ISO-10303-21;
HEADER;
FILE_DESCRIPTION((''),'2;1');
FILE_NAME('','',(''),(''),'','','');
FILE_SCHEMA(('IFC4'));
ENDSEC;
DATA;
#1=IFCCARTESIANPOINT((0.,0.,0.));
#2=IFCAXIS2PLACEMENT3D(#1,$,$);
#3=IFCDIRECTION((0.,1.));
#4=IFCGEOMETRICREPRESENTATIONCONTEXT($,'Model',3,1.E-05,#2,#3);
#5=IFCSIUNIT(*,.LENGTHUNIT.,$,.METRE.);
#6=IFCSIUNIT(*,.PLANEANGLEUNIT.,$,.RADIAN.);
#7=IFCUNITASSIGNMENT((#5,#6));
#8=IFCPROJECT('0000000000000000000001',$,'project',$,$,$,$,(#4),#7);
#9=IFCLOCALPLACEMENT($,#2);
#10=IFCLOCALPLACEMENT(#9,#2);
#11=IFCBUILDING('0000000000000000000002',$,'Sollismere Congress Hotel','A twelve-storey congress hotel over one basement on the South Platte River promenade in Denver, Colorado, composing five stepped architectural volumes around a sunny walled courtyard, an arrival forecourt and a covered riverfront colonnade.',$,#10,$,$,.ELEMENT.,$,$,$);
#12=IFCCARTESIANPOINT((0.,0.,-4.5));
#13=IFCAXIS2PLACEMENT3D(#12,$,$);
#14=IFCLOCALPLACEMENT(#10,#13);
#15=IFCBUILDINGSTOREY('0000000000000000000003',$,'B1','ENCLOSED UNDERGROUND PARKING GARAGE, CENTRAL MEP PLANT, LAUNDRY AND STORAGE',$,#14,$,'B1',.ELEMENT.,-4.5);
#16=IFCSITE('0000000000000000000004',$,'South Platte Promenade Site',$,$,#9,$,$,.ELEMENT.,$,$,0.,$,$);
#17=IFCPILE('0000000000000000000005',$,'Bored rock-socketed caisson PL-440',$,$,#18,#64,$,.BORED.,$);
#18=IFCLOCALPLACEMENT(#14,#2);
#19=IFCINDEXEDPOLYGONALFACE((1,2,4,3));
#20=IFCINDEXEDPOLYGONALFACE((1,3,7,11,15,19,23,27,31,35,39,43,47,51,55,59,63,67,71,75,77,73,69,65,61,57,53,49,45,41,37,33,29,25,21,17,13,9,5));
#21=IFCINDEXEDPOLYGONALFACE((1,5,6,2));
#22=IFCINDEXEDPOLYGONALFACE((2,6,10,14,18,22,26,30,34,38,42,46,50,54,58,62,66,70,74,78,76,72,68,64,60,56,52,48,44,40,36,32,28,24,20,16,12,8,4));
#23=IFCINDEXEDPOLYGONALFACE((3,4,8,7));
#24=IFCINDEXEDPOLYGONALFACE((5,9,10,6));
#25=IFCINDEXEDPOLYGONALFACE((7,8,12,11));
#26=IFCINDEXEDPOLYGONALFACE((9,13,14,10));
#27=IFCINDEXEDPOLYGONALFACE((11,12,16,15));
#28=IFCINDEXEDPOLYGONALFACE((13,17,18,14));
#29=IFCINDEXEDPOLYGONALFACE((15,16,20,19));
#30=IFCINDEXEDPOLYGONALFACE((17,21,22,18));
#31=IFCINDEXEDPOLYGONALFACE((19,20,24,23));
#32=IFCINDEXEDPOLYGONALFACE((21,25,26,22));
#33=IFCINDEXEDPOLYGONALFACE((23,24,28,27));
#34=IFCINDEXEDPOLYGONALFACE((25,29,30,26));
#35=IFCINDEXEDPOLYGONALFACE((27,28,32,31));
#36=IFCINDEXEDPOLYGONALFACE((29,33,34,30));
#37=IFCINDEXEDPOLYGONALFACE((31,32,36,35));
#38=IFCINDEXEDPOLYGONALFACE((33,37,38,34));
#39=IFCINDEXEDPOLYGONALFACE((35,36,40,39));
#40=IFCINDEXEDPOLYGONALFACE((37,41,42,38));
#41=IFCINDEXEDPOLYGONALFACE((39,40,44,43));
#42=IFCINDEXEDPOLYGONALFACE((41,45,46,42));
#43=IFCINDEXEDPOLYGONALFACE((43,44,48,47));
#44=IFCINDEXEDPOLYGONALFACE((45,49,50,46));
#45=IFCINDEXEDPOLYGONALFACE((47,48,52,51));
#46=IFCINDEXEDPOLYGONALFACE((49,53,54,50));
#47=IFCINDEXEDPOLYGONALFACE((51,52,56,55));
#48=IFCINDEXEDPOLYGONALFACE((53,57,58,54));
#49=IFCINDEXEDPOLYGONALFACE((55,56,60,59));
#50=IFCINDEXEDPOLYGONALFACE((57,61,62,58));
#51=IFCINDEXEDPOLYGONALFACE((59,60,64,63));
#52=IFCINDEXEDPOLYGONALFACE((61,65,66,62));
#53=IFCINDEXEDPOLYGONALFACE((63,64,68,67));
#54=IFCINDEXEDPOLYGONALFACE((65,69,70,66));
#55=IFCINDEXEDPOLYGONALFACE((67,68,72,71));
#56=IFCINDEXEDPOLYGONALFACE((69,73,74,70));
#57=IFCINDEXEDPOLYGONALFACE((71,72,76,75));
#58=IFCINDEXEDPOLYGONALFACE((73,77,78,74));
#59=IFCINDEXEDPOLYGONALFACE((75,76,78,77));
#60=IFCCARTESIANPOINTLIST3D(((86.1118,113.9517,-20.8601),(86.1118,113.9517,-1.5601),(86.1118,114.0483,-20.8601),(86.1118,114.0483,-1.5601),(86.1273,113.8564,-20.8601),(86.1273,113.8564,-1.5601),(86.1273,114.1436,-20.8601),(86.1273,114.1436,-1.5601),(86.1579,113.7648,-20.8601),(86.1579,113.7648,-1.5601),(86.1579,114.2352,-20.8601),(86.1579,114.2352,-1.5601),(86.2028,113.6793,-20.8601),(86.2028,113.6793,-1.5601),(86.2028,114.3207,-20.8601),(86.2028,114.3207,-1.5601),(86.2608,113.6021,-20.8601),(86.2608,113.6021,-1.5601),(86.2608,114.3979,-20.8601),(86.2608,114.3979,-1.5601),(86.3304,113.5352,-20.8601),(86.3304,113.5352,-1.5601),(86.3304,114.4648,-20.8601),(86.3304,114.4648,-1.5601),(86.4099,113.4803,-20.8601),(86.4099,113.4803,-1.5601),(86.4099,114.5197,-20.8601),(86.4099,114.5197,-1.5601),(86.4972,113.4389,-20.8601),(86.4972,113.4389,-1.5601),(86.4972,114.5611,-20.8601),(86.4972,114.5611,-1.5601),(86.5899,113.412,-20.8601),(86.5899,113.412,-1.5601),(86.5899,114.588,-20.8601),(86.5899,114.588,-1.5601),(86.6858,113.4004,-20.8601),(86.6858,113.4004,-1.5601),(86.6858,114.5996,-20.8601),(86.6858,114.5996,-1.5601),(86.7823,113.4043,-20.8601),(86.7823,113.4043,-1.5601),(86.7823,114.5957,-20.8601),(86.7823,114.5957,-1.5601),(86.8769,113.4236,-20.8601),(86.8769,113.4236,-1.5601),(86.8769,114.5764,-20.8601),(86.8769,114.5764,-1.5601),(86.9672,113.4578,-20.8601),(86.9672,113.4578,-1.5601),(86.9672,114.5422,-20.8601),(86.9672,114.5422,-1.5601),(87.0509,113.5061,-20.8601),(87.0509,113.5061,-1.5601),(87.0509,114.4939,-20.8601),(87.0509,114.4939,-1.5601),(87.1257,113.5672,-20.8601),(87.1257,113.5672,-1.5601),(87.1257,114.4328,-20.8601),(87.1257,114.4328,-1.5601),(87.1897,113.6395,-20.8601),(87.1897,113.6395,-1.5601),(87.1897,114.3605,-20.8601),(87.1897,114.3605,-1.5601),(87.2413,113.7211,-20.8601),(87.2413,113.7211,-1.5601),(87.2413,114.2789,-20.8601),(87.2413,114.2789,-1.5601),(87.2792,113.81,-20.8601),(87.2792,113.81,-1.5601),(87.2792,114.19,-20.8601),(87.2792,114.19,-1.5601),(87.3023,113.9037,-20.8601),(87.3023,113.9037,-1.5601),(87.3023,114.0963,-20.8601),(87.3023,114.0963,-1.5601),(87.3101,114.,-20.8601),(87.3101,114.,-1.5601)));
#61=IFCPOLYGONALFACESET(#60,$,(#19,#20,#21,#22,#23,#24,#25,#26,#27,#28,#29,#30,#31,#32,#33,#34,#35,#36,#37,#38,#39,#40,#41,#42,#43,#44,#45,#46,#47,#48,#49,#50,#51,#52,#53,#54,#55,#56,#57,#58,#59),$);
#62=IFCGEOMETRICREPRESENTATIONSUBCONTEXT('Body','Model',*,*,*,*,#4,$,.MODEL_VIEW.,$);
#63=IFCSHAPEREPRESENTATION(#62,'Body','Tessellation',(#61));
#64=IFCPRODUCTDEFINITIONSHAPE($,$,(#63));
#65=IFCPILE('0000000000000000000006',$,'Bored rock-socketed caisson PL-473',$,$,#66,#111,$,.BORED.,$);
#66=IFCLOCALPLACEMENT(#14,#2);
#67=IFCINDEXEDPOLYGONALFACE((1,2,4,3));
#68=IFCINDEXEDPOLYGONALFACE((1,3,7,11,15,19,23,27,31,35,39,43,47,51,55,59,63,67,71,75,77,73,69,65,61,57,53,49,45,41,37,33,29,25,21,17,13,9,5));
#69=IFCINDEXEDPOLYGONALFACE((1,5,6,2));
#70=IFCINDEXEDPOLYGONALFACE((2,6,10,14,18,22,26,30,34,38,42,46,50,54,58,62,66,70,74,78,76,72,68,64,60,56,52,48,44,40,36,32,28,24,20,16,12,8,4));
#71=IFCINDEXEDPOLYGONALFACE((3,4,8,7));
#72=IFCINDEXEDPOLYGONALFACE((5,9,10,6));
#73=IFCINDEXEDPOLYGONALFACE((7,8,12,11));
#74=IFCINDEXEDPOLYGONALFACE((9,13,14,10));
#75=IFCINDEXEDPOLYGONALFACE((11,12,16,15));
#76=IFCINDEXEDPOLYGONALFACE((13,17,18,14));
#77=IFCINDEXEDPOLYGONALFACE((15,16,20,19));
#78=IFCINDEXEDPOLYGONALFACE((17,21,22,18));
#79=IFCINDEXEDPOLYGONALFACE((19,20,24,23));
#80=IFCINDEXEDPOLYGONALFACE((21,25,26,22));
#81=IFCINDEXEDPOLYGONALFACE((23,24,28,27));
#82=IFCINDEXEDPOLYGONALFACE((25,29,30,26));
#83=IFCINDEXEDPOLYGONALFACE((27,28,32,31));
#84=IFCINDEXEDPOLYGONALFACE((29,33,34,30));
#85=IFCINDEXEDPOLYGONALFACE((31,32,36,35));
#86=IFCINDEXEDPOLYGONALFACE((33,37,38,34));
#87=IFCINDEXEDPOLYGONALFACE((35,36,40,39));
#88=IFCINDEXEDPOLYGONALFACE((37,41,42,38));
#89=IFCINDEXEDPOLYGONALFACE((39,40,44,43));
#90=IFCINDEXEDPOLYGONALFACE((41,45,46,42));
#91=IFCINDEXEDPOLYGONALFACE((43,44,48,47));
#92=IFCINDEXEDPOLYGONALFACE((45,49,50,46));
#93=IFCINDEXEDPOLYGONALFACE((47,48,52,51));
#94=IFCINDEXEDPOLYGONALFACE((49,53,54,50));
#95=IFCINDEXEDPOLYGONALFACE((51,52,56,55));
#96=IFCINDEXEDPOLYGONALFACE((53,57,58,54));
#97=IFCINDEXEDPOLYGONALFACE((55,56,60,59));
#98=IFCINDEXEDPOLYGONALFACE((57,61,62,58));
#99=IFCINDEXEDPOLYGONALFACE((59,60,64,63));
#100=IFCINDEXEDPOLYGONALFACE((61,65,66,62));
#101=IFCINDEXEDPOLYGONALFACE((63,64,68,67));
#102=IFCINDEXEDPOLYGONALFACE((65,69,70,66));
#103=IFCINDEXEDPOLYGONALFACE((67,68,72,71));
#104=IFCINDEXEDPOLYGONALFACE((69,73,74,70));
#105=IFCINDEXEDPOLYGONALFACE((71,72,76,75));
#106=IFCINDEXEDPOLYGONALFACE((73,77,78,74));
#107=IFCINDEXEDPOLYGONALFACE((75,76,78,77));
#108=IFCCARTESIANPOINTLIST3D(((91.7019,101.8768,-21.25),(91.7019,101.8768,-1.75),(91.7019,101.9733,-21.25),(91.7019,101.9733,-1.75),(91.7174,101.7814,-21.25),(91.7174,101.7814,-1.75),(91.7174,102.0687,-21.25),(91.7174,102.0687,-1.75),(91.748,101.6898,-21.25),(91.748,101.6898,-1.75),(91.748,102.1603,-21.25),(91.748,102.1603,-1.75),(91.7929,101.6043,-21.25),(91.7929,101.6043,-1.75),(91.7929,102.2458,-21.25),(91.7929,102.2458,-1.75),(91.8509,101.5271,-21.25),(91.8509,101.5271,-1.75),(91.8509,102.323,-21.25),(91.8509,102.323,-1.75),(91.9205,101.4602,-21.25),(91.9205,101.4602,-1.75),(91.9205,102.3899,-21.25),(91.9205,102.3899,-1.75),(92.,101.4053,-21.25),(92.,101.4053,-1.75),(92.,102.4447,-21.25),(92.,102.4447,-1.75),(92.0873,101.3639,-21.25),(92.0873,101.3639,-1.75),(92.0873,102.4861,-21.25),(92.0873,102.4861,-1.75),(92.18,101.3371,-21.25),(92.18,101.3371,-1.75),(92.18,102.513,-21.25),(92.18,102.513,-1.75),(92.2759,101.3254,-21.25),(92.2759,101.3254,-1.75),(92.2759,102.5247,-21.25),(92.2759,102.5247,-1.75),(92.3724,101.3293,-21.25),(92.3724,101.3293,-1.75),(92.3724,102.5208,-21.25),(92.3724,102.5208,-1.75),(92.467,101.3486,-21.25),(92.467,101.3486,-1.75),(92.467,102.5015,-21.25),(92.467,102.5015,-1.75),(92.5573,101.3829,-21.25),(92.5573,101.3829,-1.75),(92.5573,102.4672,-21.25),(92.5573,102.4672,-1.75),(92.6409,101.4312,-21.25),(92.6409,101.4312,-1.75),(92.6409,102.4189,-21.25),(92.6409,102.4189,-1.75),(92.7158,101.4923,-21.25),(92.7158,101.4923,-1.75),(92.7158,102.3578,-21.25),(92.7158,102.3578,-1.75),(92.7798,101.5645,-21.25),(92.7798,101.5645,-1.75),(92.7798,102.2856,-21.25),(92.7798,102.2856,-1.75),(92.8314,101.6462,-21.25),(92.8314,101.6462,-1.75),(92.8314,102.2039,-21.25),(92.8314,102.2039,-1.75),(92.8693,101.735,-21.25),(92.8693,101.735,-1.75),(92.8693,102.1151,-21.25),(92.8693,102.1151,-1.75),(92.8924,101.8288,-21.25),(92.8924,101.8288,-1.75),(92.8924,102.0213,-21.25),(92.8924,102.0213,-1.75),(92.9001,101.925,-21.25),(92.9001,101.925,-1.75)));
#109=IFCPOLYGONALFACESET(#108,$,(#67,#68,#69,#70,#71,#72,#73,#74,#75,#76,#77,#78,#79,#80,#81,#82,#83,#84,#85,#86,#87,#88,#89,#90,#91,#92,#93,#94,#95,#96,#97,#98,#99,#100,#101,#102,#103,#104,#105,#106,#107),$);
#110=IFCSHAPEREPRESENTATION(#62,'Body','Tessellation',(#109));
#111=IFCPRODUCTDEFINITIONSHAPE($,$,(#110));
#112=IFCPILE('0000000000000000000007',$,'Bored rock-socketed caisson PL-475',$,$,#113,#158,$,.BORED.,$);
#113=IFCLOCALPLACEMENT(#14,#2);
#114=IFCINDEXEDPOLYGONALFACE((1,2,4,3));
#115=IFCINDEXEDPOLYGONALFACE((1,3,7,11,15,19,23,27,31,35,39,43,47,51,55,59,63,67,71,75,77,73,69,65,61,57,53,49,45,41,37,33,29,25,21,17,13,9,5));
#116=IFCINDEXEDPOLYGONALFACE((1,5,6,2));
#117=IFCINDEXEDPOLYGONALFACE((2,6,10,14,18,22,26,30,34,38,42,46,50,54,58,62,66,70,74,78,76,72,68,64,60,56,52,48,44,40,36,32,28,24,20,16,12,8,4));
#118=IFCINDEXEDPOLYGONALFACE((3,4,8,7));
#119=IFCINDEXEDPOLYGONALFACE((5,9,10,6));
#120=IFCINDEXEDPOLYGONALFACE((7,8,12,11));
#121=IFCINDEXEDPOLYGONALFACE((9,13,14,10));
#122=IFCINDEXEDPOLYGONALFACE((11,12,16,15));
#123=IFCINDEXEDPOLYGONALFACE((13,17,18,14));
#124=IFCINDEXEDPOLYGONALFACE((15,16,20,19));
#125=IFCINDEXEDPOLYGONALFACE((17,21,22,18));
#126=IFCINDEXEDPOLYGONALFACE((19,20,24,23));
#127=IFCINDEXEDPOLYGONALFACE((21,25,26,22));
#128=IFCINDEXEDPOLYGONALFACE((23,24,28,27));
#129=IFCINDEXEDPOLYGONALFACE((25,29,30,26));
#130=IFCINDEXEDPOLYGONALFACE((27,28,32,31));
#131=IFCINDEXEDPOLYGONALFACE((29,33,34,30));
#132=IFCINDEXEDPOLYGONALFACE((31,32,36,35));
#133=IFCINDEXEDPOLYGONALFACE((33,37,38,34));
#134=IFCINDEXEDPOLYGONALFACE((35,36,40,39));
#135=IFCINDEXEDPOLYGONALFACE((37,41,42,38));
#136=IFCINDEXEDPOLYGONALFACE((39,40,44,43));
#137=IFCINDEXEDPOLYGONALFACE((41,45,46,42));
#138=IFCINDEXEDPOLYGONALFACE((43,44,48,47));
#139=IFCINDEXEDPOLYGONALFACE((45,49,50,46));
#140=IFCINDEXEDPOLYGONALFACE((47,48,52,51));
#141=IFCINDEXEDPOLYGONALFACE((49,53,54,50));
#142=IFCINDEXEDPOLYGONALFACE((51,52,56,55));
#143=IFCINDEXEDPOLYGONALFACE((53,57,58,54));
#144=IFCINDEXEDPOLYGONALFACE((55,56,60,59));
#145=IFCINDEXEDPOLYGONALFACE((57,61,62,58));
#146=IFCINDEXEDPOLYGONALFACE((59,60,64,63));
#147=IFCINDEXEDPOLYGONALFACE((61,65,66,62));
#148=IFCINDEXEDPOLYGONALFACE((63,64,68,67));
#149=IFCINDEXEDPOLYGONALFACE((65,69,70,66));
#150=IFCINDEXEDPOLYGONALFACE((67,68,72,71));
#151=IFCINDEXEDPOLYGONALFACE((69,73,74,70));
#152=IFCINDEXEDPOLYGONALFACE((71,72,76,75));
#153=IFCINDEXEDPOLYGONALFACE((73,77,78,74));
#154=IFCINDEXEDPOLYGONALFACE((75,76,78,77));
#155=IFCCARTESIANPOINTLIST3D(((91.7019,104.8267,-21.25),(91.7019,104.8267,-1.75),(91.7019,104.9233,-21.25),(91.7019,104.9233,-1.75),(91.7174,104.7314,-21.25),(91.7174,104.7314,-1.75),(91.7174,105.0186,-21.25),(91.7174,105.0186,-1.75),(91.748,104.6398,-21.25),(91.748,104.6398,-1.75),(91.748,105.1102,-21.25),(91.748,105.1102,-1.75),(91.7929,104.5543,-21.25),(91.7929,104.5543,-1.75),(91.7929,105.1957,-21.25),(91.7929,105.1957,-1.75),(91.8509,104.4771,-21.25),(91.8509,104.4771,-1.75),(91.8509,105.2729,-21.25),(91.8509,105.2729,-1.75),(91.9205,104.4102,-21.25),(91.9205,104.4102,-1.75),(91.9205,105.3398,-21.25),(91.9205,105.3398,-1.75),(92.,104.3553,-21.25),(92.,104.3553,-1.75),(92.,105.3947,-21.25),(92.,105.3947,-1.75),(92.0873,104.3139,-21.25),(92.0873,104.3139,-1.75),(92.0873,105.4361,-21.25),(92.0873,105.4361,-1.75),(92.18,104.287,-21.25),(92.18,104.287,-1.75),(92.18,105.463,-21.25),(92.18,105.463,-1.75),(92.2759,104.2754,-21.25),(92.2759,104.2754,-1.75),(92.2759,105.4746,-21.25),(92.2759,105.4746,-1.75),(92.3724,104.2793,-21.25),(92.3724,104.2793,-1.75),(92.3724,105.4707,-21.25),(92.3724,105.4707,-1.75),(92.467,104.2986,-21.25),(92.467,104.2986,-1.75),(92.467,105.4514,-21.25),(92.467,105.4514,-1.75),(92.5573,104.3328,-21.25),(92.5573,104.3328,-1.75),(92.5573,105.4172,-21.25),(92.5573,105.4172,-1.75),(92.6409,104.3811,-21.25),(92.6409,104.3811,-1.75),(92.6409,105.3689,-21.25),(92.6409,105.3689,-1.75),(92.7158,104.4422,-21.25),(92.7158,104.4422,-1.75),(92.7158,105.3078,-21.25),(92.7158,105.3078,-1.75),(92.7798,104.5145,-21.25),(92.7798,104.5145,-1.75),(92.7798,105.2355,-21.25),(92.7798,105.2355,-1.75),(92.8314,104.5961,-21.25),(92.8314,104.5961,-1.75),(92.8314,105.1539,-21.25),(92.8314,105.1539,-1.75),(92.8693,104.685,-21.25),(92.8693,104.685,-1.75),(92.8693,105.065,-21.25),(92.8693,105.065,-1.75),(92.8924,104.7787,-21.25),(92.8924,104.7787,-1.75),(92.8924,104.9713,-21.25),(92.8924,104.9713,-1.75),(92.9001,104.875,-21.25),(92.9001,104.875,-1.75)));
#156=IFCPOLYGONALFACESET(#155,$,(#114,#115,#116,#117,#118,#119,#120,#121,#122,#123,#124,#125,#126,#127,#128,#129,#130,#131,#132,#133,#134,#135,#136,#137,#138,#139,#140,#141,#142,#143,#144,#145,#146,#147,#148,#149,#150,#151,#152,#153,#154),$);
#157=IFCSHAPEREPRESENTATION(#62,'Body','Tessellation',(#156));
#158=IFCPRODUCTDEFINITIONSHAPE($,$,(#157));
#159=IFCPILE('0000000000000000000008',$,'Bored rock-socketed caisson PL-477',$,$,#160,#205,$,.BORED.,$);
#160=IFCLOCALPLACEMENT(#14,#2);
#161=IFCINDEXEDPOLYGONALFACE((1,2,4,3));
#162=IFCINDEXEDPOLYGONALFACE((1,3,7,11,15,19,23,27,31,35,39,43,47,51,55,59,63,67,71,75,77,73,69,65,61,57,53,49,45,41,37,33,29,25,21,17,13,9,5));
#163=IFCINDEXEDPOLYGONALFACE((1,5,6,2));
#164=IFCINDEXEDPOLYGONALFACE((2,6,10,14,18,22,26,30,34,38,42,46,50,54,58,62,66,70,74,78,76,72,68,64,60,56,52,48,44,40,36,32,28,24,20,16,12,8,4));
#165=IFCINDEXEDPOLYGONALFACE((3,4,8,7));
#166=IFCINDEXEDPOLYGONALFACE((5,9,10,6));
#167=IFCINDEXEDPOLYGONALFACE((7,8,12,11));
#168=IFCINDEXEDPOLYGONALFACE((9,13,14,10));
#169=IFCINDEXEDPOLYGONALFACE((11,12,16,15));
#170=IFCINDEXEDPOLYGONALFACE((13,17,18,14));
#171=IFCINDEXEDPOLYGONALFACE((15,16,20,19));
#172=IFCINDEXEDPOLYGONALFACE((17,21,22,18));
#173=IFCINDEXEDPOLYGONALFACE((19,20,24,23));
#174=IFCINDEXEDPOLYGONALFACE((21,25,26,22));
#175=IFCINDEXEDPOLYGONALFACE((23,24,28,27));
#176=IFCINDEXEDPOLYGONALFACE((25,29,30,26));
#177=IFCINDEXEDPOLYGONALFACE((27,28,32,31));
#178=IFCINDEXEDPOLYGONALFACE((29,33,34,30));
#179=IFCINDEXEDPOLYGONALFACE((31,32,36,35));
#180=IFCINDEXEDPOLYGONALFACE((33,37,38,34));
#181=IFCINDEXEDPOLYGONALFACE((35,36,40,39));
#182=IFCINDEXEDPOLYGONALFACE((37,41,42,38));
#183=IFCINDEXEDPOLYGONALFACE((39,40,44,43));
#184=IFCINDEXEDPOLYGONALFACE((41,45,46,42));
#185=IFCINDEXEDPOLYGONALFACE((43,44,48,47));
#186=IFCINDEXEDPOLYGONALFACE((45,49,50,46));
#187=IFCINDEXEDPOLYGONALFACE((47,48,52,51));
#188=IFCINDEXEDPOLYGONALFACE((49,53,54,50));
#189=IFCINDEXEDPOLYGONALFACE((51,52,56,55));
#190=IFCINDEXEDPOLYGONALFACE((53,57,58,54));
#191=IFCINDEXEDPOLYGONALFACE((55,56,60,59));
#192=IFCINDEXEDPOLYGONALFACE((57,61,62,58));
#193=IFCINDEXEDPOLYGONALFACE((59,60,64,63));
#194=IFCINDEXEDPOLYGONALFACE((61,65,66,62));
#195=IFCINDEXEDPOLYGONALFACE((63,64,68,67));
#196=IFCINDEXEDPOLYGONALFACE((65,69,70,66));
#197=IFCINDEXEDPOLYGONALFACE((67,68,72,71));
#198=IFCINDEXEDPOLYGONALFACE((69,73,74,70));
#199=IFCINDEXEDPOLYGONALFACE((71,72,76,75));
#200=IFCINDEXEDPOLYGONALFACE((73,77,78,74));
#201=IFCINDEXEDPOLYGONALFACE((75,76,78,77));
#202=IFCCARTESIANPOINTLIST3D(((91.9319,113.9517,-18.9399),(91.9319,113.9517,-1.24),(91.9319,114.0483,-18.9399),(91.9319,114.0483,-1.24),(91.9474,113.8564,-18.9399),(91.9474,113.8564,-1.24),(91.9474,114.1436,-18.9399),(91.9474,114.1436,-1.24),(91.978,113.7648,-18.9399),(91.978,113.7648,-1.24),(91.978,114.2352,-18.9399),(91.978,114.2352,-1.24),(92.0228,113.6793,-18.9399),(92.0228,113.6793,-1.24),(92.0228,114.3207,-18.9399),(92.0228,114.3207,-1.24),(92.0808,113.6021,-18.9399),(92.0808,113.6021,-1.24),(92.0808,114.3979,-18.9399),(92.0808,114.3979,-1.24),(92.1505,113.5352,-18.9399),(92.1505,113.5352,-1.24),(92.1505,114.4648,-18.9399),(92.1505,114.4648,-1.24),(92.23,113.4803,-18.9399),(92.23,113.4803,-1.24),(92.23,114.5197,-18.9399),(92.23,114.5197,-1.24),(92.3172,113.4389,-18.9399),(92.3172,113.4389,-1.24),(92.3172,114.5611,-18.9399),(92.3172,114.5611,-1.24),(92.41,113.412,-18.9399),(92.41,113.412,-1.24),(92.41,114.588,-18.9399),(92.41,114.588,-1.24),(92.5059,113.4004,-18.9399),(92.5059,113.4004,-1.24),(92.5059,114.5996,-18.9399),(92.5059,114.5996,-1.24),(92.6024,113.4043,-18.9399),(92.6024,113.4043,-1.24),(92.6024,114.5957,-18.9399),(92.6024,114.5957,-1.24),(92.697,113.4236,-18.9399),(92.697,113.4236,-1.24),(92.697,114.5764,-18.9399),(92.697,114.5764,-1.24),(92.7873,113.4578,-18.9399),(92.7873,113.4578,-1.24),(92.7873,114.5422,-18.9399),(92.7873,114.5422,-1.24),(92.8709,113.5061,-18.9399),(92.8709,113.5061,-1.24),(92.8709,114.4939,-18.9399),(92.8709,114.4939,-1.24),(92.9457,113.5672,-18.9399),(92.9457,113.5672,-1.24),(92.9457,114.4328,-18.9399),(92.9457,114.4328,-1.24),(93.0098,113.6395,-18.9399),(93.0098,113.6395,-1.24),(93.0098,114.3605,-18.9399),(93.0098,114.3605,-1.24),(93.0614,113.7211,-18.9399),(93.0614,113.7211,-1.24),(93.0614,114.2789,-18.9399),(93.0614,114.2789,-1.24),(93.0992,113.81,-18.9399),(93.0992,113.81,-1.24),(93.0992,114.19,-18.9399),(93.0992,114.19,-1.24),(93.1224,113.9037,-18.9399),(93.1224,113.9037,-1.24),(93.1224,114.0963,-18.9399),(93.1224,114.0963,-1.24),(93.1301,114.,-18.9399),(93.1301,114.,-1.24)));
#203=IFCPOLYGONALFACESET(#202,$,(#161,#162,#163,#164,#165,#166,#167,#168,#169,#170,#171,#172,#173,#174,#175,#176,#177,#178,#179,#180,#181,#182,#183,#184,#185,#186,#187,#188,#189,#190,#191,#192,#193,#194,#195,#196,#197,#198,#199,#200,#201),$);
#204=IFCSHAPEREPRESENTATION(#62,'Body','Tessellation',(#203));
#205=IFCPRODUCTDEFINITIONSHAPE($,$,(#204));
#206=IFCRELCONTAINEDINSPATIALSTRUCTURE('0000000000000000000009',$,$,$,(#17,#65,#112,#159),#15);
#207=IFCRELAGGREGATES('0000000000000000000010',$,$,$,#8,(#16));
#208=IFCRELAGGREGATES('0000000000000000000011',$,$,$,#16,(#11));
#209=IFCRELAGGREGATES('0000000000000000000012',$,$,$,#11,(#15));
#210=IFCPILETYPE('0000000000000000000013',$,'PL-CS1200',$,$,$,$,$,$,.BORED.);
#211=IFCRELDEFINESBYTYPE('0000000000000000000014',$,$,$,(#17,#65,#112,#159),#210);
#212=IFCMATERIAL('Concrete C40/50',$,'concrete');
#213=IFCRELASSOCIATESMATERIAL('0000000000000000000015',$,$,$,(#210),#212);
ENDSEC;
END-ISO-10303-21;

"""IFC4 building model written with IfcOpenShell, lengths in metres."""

from ifc_helpers import new_model, si_unit, direction, frame, origin, origin_2d, place, context, subcontext, project, spatial, circle, extrude, material, material_profile, profile_set, type_object, element, save


model = new_model("IFC4")

# Units and contexts
model_context = context("Model", 3, precision=1e-05, world=origin(), true_north=direction((0.0, 1.0)))
body_context = subcontext(model_context, "Body", "Model", "MODEL_VIEW")
ifc_project = project(units=[si_unit("LENGTHUNIT", "METRE"), si_unit("PLANEANGLEUNIT", "RADIAN")], contexts=[model_context])

# Site, building, storey
site_placement = place(None, origin())
site = spatial("IfcSite", under=ifc_project, at=site_placement, Name="South Platte Promenade Site", CompositionType="ELEMENT", RefElevation=0.0)
building_placement = place(site_placement, origin())
building = spatial("IfcBuilding", under=site, at=building_placement, Name="Sollismere Congress Hotel", Description="A twelve-storey congress hotel over one basement on the South Platte River promenade in Denver, Colorado, composing five stepped architectural volumes around a sunny walled courtyard, an arrival forecourt and a covered riverfront colonnade.", CompositionType="ELEMENT")
storey_placement = place(building_placement, frame((0.0, 0.0, -4.5)))
storey = spatial("IfcBuildingStorey", under=building, at=storey_placement, Name="B1", Description="ENCLOSED UNDERGROUND PARKING GARAGE, CENTRAL MEP PLANT, LAUNDRY AND STORAGE", LongName="B1", CompositionType="ELEMENT", Elevation=-4.5)

# Shared definitions
ifc_material_1 = material(Name="Concrete C40/50", Category="concrete")

# Piles
ifc_material_profile_1 = material_profile(ifc_material_1, circle(Radius=0.6001, at=origin_2d()), Name="CAISSON1200")
ifc_profile_set_1 = profile_set([ifc_material_profile_1], Name="Concrete C40/50")
pile_type = type_object("IfcPileType", Name="PL-CS1200", PredefinedType="BORED", material=ifc_profile_set_1)
pile_1_placement = place(storey_placement, frame((86.71, 114.0, -1.5601), z_axis=(0.0, 0.0, -1.0), x_axis=(1.0, 0.0, 0.0)))
element("IfcPile", 1, at=pile_1_placement, inside=storey, type_object=pile_type, Name="Bored rock-socketed caisson PL-440", PredefinedType="BORED", context=body_context, shape_type="SweptSolid", body=[
    extrude(circle(Radius=0.6001, at=origin_2d()), origin(), (0.0, 0.0, 1.0), 19.3),
])
for number, where, z_axis, x_axis, name in (
    (2, (92.3, 101.925, -1.75), (0.0, 0.0, -1.0), (1.0, 0.0, 0.0), "Bored rock-socketed caisson PL-473"),
    (3, (92.3, 104.875, -1.75), (0.0, 0.0, -1.0), (1.0, 0.0, 0.0), "Bored rock-socketed caisson PL-475"),
):
    element("IfcPile", number, at=place(storey_placement, frame(where, z_axis=z_axis, x_axis=x_axis)), inside=storey, type_object=pile_type, Name=name, PredefinedType="BORED", context=body_context, shape_type="SweptSolid", body=[
        extrude(circle(Radius=0.6001, at=origin_2d()), origin(), (0.0, 0.0, 1.0), 19.5),
    ])
pile_2_placement = place(storey_placement, frame((92.53, 114.0, -1.24), z_axis=(0.0, 0.0, -1.0), x_axis=(1.0, 0.0, 0.0)))
element("IfcPile", 4, at=pile_2_placement, inside=storey, type_object=pile_type, Name="Bored rock-socketed caisson PL-477", PredefinedType="BORED", context=body_context, shape_type="SweptSolid", body=[
    extrude(circle(Radius=0.6001, at=origin_2d()), origin(), (0.0, 0.0, 1.0), 17.7),
])

save(model, "model.ifc")
